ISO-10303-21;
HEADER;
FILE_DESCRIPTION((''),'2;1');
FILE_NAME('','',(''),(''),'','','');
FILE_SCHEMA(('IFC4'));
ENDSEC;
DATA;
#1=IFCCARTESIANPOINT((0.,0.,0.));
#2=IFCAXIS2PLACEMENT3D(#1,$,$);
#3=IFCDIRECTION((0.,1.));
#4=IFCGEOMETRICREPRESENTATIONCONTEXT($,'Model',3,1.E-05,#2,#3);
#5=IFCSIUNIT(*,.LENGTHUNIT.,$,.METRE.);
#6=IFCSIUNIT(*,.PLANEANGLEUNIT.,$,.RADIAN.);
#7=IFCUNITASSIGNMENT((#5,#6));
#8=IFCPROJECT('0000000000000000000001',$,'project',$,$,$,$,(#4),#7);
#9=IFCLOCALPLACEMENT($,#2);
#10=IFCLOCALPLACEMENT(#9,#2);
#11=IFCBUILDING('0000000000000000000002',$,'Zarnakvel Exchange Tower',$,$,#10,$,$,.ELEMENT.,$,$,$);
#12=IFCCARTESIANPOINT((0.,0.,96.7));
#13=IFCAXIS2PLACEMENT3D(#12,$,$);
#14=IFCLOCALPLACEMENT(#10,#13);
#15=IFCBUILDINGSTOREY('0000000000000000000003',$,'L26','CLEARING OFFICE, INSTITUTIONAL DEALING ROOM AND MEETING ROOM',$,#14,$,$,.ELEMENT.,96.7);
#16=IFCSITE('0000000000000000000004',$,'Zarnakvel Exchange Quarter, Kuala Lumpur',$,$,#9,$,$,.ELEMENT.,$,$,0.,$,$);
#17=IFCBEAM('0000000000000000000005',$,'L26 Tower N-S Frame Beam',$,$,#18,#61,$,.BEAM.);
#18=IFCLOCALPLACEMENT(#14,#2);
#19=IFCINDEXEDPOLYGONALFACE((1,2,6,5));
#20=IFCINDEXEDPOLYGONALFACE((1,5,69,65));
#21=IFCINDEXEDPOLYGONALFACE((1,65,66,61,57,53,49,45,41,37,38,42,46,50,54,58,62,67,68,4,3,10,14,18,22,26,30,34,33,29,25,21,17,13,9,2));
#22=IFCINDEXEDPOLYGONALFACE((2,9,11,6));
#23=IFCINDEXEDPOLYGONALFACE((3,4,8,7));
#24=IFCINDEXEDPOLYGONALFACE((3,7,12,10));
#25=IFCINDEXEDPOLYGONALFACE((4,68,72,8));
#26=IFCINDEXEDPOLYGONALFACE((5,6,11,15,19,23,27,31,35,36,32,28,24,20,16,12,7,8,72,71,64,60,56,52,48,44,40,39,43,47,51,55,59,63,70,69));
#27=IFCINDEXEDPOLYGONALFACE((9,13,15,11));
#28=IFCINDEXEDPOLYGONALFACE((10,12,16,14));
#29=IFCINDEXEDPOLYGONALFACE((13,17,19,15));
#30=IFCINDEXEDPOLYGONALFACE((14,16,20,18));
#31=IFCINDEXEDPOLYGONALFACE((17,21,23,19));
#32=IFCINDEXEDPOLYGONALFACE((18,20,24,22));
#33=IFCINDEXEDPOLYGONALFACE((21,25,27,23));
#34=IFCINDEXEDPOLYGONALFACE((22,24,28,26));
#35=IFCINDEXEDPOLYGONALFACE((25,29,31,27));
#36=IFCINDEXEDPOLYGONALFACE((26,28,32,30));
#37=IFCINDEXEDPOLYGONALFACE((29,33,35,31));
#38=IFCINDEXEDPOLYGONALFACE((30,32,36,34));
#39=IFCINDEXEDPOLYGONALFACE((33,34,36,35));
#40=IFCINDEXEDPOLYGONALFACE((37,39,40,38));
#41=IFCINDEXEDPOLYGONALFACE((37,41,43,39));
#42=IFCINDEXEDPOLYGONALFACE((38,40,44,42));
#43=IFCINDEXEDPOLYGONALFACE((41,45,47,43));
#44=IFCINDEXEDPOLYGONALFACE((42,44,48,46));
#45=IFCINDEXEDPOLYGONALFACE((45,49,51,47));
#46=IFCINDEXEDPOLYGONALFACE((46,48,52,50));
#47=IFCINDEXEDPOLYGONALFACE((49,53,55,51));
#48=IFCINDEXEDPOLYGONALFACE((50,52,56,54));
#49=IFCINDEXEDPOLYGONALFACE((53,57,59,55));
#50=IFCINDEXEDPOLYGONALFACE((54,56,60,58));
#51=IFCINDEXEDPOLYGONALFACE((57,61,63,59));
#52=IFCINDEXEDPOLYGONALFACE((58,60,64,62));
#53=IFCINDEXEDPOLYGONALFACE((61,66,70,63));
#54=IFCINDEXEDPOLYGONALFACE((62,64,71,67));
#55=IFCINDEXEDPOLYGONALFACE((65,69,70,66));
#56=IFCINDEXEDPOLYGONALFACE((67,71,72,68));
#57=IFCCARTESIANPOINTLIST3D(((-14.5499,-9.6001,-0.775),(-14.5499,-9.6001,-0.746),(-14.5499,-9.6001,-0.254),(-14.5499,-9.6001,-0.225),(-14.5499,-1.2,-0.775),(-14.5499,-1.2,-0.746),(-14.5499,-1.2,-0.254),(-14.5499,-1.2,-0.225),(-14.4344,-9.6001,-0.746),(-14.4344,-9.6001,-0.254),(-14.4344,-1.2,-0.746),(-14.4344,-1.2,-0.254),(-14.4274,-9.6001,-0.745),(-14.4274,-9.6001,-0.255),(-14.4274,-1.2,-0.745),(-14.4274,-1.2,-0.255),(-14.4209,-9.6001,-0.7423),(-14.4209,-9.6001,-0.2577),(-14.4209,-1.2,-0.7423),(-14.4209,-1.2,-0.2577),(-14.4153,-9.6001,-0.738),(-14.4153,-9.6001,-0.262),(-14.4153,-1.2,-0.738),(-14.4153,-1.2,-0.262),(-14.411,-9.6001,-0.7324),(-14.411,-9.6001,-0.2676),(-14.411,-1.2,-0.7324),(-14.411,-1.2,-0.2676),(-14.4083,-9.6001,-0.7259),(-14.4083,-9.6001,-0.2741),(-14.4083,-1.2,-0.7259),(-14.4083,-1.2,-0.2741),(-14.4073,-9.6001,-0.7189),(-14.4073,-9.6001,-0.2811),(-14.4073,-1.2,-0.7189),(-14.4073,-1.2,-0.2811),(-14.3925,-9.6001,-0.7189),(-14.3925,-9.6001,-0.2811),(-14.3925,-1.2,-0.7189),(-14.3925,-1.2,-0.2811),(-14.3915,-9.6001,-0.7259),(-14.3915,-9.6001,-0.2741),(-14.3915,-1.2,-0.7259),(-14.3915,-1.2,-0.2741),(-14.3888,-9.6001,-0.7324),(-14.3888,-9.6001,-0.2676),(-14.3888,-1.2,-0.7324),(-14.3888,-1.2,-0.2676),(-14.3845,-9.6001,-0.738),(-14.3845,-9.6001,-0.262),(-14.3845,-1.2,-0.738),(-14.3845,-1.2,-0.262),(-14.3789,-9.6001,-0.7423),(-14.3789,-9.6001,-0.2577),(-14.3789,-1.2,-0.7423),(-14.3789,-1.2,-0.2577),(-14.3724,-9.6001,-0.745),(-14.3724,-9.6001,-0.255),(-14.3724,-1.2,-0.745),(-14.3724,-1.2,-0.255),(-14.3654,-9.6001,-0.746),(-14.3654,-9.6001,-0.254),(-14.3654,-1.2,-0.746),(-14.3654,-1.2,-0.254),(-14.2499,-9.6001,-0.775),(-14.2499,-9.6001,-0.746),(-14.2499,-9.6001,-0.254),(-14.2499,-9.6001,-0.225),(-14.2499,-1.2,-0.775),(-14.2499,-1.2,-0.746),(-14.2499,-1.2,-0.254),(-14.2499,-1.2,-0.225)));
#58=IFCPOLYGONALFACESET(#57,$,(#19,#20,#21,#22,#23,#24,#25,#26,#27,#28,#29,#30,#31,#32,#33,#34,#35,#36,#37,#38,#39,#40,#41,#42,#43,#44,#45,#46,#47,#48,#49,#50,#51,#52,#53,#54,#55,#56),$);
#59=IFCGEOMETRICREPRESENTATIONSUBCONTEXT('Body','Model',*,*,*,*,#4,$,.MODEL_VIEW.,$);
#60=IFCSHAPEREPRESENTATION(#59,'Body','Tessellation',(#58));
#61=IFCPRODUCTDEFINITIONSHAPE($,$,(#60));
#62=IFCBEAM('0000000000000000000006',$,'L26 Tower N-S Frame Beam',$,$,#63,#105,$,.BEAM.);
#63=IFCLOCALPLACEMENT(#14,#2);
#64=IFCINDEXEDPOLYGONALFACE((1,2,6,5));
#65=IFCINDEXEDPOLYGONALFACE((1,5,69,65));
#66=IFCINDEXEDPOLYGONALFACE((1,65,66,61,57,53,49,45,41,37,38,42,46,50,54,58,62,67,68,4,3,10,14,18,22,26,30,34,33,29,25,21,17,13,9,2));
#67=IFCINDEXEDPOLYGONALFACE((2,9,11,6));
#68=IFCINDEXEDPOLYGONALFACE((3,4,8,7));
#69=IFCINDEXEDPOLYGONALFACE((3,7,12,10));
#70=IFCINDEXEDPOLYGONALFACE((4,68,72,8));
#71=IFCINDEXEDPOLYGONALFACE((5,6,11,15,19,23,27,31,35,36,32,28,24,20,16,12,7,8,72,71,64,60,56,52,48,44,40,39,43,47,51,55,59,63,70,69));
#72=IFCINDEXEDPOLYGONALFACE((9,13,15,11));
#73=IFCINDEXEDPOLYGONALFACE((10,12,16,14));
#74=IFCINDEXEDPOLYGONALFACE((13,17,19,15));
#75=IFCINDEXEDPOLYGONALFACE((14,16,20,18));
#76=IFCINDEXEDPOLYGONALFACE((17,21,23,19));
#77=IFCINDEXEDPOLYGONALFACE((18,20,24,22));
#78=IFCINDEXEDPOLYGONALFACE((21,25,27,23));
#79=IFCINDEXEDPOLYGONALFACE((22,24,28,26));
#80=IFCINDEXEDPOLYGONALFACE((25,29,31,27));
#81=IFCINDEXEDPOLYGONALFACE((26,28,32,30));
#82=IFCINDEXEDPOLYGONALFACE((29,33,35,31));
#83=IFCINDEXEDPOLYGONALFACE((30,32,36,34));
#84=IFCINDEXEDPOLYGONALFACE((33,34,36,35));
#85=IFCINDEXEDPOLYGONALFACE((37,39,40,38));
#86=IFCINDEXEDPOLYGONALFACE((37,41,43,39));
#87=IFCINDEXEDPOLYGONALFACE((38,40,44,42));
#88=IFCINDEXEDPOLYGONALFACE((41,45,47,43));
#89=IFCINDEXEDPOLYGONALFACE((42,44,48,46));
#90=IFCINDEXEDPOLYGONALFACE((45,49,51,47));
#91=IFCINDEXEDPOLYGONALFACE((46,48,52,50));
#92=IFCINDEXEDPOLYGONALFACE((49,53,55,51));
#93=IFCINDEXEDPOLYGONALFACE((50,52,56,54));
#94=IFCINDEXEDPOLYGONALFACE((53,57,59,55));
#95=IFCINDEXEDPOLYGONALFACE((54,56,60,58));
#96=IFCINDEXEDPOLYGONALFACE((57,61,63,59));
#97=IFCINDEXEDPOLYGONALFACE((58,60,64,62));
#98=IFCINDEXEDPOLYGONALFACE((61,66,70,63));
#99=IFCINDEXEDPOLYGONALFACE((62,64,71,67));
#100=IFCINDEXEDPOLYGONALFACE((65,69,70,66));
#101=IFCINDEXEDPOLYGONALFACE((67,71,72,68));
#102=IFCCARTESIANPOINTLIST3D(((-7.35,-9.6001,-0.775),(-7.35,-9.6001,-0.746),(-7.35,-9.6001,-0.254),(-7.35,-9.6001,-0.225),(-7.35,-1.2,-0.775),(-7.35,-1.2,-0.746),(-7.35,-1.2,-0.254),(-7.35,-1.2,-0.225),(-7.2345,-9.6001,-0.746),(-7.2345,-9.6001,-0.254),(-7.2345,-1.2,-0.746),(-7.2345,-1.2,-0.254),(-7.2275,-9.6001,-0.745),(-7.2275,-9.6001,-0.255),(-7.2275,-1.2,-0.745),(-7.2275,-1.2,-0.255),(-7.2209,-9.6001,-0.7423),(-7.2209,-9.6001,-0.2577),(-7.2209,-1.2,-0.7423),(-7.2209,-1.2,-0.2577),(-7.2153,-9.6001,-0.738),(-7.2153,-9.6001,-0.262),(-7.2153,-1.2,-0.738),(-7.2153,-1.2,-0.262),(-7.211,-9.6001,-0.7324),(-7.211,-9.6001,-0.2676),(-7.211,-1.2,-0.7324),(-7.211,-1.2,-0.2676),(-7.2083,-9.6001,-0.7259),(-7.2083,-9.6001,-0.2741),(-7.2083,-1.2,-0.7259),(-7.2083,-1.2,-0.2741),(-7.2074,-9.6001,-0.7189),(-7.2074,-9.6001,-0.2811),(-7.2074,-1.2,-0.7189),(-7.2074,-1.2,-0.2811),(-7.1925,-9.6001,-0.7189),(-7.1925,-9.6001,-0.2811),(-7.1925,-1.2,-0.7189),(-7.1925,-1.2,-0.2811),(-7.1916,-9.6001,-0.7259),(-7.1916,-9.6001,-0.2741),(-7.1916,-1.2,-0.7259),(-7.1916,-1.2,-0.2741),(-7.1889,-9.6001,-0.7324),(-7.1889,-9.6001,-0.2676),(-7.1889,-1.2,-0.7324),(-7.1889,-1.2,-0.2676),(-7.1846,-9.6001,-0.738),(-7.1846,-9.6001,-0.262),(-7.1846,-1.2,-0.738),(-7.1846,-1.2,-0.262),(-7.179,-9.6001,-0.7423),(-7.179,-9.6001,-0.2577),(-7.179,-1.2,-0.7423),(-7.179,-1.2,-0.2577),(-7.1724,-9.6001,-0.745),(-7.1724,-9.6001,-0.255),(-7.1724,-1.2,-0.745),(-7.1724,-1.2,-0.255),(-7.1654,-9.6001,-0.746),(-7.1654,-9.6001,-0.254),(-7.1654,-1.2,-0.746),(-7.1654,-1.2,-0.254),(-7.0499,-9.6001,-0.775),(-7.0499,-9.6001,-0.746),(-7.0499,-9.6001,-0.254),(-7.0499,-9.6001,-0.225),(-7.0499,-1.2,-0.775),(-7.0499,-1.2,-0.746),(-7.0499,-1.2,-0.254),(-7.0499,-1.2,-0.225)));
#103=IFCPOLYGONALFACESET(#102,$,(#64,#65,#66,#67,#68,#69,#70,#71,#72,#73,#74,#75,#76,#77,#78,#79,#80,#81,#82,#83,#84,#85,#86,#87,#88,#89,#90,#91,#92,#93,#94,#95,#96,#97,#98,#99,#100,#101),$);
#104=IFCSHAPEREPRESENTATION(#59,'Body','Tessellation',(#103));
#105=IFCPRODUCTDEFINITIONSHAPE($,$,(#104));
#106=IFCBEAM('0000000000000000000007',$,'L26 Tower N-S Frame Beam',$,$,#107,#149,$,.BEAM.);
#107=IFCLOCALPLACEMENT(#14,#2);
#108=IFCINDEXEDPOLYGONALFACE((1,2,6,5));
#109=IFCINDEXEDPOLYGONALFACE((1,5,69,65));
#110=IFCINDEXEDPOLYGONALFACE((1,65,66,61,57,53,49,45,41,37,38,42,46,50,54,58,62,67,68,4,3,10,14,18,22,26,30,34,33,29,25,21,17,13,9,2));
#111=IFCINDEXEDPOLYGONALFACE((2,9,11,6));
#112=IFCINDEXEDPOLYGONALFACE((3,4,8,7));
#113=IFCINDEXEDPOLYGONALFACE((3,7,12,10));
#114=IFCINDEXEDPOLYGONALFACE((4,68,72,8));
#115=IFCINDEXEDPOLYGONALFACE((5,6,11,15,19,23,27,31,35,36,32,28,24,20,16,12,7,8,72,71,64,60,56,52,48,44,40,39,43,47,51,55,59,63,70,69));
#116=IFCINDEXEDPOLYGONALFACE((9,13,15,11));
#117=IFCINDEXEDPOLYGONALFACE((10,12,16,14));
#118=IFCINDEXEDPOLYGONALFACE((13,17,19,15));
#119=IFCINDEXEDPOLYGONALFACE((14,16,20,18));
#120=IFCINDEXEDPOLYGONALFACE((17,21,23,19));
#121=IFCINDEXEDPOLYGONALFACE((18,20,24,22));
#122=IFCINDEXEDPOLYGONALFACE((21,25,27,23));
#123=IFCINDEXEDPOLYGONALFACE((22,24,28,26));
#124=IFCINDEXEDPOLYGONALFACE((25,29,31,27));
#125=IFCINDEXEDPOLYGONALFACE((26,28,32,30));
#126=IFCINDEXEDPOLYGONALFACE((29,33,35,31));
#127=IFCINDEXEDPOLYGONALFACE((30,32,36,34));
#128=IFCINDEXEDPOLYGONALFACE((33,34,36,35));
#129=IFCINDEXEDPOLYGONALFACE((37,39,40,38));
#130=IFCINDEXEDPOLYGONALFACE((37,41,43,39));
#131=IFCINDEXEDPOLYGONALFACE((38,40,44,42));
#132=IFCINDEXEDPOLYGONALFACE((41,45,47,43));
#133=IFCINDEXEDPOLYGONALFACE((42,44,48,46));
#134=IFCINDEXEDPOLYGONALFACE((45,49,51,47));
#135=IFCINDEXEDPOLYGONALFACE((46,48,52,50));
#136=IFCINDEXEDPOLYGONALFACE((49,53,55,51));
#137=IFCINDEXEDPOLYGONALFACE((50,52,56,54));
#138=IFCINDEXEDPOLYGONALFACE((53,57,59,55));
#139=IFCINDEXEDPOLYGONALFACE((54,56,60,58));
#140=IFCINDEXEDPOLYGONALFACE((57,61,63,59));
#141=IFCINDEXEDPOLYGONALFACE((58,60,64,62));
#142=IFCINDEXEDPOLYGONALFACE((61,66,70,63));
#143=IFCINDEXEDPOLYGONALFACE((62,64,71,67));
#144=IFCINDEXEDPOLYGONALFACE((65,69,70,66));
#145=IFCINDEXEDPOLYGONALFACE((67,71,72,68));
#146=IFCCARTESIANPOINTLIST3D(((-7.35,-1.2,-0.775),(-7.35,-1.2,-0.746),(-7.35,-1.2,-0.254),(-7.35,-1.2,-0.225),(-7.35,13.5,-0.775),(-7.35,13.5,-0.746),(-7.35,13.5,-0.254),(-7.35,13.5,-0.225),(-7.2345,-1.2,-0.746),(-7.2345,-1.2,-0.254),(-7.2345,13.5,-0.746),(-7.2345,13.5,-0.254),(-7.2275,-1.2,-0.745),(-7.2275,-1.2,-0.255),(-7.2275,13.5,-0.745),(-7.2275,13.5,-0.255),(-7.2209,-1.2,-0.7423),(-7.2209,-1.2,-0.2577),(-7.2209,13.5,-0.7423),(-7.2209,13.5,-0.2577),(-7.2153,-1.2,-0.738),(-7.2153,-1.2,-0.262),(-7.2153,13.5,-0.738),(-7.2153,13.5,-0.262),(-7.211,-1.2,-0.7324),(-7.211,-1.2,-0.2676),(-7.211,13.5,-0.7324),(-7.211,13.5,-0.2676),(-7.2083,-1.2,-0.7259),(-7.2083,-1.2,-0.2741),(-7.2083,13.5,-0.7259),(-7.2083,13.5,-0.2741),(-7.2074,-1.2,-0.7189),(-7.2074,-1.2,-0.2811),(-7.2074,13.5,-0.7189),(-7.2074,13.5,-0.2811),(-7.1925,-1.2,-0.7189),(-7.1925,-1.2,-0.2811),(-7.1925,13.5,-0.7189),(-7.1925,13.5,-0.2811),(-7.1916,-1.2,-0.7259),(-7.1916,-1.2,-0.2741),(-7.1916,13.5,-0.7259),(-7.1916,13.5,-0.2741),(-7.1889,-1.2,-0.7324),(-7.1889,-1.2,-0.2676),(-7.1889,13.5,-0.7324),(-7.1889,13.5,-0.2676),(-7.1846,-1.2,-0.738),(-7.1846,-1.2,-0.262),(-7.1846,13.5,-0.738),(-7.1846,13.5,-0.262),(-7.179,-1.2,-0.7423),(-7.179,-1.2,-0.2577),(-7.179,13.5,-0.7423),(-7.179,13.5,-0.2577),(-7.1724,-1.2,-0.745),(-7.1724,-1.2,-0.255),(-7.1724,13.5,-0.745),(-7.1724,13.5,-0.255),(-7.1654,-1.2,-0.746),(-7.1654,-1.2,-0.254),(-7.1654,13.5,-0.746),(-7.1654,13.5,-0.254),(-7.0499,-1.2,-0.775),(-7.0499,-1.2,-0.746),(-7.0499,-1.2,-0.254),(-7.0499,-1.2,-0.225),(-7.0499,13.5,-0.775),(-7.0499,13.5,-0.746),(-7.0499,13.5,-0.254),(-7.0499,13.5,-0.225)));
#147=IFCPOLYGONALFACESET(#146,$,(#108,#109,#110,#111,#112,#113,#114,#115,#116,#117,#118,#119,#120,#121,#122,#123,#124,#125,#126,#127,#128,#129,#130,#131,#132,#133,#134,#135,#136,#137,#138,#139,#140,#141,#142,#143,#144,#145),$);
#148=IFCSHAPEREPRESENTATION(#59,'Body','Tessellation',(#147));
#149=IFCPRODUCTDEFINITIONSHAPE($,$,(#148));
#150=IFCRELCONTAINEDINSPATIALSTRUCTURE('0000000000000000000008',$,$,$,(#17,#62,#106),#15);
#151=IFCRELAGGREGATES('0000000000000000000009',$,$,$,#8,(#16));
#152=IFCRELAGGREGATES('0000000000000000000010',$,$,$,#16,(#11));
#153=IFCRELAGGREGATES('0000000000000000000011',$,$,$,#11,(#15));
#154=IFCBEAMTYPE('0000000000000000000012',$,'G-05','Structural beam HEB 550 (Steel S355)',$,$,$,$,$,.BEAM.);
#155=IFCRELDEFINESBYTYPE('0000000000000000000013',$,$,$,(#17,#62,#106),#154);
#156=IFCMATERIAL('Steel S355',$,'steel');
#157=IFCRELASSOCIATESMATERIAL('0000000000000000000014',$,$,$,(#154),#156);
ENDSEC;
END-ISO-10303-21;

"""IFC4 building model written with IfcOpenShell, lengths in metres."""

from ifc_helpers import new_model, si_unit, direction, frame, origin, origin_2d, place, context, subcontext, project, spatial, i_section, extrude, material, material_profile, profile_set, type_object, element, save


model = new_model("IFC4")

# Units and contexts
model_context = context("Model", 3, precision=1e-05, world=origin(), true_north=direction((0.0, 1.0)))
body_context = subcontext(model_context, "Body", "Model", "MODEL_VIEW")
ifc_project = project(units=[si_unit("LENGTHUNIT", "METRE"), si_unit("PLANEANGLEUNIT", "RADIAN")], contexts=[model_context])

# Site, building, storey
site_placement = place(None, origin())
site = spatial("IfcSite", under=ifc_project, at=site_placement, Name="Zarnakvel Exchange Quarter, Kuala Lumpur", CompositionType="ELEMENT", RefElevation=0.0)
building_placement = place(site_placement, origin())
building = spatial("IfcBuilding", under=site, at=building_placement, Name="Zarnakvel Exchange Tower", CompositionType="ELEMENT")
storey_placement = place(building_placement, frame((0.0, 0.0, 96.7)))
storey = spatial("IfcBuildingStorey", under=building, at=storey_placement, Name="L26", Description="CLEARING OFFICE, INSTITUTIONAL DEALING ROOM AND MEETING ROOM", CompositionType="ELEMENT", Elevation=96.7)

# Beams
ifc_material_1 = material(Name="Steel S355", Category="steel")
ifc_material_profile_1 = material_profile(ifc_material_1, i_section(OverallWidth=0.3, OverallDepth=0.55, WebThickness=0.0149, FlangeThickness=0.0291, FilletRadius=0.0271, at=origin_2d()))
ifc_profile_set_1 = profile_set([ifc_material_profile_1], Name="Steel S355")
beam_type_1 = type_object("IfcBeamType", Name="G-05", Description="Structural beam HEB 550 (Steel S355)", PredefinedType="BEAM", material=ifc_profile_set_1)
for number, where, z_axis, x_axis, name in (
    (1, (-14.3999, -9.6001, -0.5), (0.0, 1.0, 0.0), (-1.0, 0.0, 0.0), "L26 Tower N-S Frame Beam"),
    (2, (-7.2, -9.6001, -0.5), (0.0, 1.0, 0.0), (-1.0, 0.0, 0.0), "L26 Tower N-S Frame Beam"),
):
    element("IfcBeam", number, at=place(storey_placement, frame(where, z_axis=z_axis, x_axis=x_axis)), inside=storey, type_object=beam_type_1, Name=name, PredefinedType="BEAM", context=body_context, shape_type="SweptSolid", body=[
        extrude(i_section(OverallWidth=0.3, OverallDepth=0.55, WebThickness=0.0149, FlangeThickness=0.0291, FilletRadius=0.0271, at=origin_2d()), origin(), (0.0, 0.0, 1.0), 8.4001),
    ])
beam_1_placement = place(storey_placement, frame((-7.2, -1.2, -0.5), z_axis=(0.0, 1.0, 0.0), x_axis=(-1.0, 0.0, 0.0)))
element("IfcBeam", 3, at=beam_1_placement, inside=storey, type_object=beam_type_1, Name="L26 Tower N-S Frame Beam", PredefinedType="BEAM", context=body_context, shape_type="SweptSolid", body=[
    extrude(i_section(OverallWidth=0.3, OverallDepth=0.55, WebThickness=0.0149, FlangeThickness=0.0291, FilletRadius=0.0271, at=origin_2d()), origin(), (0.0, 0.0, 1.0), 14.7),
])

save(model, "model.ifc")
